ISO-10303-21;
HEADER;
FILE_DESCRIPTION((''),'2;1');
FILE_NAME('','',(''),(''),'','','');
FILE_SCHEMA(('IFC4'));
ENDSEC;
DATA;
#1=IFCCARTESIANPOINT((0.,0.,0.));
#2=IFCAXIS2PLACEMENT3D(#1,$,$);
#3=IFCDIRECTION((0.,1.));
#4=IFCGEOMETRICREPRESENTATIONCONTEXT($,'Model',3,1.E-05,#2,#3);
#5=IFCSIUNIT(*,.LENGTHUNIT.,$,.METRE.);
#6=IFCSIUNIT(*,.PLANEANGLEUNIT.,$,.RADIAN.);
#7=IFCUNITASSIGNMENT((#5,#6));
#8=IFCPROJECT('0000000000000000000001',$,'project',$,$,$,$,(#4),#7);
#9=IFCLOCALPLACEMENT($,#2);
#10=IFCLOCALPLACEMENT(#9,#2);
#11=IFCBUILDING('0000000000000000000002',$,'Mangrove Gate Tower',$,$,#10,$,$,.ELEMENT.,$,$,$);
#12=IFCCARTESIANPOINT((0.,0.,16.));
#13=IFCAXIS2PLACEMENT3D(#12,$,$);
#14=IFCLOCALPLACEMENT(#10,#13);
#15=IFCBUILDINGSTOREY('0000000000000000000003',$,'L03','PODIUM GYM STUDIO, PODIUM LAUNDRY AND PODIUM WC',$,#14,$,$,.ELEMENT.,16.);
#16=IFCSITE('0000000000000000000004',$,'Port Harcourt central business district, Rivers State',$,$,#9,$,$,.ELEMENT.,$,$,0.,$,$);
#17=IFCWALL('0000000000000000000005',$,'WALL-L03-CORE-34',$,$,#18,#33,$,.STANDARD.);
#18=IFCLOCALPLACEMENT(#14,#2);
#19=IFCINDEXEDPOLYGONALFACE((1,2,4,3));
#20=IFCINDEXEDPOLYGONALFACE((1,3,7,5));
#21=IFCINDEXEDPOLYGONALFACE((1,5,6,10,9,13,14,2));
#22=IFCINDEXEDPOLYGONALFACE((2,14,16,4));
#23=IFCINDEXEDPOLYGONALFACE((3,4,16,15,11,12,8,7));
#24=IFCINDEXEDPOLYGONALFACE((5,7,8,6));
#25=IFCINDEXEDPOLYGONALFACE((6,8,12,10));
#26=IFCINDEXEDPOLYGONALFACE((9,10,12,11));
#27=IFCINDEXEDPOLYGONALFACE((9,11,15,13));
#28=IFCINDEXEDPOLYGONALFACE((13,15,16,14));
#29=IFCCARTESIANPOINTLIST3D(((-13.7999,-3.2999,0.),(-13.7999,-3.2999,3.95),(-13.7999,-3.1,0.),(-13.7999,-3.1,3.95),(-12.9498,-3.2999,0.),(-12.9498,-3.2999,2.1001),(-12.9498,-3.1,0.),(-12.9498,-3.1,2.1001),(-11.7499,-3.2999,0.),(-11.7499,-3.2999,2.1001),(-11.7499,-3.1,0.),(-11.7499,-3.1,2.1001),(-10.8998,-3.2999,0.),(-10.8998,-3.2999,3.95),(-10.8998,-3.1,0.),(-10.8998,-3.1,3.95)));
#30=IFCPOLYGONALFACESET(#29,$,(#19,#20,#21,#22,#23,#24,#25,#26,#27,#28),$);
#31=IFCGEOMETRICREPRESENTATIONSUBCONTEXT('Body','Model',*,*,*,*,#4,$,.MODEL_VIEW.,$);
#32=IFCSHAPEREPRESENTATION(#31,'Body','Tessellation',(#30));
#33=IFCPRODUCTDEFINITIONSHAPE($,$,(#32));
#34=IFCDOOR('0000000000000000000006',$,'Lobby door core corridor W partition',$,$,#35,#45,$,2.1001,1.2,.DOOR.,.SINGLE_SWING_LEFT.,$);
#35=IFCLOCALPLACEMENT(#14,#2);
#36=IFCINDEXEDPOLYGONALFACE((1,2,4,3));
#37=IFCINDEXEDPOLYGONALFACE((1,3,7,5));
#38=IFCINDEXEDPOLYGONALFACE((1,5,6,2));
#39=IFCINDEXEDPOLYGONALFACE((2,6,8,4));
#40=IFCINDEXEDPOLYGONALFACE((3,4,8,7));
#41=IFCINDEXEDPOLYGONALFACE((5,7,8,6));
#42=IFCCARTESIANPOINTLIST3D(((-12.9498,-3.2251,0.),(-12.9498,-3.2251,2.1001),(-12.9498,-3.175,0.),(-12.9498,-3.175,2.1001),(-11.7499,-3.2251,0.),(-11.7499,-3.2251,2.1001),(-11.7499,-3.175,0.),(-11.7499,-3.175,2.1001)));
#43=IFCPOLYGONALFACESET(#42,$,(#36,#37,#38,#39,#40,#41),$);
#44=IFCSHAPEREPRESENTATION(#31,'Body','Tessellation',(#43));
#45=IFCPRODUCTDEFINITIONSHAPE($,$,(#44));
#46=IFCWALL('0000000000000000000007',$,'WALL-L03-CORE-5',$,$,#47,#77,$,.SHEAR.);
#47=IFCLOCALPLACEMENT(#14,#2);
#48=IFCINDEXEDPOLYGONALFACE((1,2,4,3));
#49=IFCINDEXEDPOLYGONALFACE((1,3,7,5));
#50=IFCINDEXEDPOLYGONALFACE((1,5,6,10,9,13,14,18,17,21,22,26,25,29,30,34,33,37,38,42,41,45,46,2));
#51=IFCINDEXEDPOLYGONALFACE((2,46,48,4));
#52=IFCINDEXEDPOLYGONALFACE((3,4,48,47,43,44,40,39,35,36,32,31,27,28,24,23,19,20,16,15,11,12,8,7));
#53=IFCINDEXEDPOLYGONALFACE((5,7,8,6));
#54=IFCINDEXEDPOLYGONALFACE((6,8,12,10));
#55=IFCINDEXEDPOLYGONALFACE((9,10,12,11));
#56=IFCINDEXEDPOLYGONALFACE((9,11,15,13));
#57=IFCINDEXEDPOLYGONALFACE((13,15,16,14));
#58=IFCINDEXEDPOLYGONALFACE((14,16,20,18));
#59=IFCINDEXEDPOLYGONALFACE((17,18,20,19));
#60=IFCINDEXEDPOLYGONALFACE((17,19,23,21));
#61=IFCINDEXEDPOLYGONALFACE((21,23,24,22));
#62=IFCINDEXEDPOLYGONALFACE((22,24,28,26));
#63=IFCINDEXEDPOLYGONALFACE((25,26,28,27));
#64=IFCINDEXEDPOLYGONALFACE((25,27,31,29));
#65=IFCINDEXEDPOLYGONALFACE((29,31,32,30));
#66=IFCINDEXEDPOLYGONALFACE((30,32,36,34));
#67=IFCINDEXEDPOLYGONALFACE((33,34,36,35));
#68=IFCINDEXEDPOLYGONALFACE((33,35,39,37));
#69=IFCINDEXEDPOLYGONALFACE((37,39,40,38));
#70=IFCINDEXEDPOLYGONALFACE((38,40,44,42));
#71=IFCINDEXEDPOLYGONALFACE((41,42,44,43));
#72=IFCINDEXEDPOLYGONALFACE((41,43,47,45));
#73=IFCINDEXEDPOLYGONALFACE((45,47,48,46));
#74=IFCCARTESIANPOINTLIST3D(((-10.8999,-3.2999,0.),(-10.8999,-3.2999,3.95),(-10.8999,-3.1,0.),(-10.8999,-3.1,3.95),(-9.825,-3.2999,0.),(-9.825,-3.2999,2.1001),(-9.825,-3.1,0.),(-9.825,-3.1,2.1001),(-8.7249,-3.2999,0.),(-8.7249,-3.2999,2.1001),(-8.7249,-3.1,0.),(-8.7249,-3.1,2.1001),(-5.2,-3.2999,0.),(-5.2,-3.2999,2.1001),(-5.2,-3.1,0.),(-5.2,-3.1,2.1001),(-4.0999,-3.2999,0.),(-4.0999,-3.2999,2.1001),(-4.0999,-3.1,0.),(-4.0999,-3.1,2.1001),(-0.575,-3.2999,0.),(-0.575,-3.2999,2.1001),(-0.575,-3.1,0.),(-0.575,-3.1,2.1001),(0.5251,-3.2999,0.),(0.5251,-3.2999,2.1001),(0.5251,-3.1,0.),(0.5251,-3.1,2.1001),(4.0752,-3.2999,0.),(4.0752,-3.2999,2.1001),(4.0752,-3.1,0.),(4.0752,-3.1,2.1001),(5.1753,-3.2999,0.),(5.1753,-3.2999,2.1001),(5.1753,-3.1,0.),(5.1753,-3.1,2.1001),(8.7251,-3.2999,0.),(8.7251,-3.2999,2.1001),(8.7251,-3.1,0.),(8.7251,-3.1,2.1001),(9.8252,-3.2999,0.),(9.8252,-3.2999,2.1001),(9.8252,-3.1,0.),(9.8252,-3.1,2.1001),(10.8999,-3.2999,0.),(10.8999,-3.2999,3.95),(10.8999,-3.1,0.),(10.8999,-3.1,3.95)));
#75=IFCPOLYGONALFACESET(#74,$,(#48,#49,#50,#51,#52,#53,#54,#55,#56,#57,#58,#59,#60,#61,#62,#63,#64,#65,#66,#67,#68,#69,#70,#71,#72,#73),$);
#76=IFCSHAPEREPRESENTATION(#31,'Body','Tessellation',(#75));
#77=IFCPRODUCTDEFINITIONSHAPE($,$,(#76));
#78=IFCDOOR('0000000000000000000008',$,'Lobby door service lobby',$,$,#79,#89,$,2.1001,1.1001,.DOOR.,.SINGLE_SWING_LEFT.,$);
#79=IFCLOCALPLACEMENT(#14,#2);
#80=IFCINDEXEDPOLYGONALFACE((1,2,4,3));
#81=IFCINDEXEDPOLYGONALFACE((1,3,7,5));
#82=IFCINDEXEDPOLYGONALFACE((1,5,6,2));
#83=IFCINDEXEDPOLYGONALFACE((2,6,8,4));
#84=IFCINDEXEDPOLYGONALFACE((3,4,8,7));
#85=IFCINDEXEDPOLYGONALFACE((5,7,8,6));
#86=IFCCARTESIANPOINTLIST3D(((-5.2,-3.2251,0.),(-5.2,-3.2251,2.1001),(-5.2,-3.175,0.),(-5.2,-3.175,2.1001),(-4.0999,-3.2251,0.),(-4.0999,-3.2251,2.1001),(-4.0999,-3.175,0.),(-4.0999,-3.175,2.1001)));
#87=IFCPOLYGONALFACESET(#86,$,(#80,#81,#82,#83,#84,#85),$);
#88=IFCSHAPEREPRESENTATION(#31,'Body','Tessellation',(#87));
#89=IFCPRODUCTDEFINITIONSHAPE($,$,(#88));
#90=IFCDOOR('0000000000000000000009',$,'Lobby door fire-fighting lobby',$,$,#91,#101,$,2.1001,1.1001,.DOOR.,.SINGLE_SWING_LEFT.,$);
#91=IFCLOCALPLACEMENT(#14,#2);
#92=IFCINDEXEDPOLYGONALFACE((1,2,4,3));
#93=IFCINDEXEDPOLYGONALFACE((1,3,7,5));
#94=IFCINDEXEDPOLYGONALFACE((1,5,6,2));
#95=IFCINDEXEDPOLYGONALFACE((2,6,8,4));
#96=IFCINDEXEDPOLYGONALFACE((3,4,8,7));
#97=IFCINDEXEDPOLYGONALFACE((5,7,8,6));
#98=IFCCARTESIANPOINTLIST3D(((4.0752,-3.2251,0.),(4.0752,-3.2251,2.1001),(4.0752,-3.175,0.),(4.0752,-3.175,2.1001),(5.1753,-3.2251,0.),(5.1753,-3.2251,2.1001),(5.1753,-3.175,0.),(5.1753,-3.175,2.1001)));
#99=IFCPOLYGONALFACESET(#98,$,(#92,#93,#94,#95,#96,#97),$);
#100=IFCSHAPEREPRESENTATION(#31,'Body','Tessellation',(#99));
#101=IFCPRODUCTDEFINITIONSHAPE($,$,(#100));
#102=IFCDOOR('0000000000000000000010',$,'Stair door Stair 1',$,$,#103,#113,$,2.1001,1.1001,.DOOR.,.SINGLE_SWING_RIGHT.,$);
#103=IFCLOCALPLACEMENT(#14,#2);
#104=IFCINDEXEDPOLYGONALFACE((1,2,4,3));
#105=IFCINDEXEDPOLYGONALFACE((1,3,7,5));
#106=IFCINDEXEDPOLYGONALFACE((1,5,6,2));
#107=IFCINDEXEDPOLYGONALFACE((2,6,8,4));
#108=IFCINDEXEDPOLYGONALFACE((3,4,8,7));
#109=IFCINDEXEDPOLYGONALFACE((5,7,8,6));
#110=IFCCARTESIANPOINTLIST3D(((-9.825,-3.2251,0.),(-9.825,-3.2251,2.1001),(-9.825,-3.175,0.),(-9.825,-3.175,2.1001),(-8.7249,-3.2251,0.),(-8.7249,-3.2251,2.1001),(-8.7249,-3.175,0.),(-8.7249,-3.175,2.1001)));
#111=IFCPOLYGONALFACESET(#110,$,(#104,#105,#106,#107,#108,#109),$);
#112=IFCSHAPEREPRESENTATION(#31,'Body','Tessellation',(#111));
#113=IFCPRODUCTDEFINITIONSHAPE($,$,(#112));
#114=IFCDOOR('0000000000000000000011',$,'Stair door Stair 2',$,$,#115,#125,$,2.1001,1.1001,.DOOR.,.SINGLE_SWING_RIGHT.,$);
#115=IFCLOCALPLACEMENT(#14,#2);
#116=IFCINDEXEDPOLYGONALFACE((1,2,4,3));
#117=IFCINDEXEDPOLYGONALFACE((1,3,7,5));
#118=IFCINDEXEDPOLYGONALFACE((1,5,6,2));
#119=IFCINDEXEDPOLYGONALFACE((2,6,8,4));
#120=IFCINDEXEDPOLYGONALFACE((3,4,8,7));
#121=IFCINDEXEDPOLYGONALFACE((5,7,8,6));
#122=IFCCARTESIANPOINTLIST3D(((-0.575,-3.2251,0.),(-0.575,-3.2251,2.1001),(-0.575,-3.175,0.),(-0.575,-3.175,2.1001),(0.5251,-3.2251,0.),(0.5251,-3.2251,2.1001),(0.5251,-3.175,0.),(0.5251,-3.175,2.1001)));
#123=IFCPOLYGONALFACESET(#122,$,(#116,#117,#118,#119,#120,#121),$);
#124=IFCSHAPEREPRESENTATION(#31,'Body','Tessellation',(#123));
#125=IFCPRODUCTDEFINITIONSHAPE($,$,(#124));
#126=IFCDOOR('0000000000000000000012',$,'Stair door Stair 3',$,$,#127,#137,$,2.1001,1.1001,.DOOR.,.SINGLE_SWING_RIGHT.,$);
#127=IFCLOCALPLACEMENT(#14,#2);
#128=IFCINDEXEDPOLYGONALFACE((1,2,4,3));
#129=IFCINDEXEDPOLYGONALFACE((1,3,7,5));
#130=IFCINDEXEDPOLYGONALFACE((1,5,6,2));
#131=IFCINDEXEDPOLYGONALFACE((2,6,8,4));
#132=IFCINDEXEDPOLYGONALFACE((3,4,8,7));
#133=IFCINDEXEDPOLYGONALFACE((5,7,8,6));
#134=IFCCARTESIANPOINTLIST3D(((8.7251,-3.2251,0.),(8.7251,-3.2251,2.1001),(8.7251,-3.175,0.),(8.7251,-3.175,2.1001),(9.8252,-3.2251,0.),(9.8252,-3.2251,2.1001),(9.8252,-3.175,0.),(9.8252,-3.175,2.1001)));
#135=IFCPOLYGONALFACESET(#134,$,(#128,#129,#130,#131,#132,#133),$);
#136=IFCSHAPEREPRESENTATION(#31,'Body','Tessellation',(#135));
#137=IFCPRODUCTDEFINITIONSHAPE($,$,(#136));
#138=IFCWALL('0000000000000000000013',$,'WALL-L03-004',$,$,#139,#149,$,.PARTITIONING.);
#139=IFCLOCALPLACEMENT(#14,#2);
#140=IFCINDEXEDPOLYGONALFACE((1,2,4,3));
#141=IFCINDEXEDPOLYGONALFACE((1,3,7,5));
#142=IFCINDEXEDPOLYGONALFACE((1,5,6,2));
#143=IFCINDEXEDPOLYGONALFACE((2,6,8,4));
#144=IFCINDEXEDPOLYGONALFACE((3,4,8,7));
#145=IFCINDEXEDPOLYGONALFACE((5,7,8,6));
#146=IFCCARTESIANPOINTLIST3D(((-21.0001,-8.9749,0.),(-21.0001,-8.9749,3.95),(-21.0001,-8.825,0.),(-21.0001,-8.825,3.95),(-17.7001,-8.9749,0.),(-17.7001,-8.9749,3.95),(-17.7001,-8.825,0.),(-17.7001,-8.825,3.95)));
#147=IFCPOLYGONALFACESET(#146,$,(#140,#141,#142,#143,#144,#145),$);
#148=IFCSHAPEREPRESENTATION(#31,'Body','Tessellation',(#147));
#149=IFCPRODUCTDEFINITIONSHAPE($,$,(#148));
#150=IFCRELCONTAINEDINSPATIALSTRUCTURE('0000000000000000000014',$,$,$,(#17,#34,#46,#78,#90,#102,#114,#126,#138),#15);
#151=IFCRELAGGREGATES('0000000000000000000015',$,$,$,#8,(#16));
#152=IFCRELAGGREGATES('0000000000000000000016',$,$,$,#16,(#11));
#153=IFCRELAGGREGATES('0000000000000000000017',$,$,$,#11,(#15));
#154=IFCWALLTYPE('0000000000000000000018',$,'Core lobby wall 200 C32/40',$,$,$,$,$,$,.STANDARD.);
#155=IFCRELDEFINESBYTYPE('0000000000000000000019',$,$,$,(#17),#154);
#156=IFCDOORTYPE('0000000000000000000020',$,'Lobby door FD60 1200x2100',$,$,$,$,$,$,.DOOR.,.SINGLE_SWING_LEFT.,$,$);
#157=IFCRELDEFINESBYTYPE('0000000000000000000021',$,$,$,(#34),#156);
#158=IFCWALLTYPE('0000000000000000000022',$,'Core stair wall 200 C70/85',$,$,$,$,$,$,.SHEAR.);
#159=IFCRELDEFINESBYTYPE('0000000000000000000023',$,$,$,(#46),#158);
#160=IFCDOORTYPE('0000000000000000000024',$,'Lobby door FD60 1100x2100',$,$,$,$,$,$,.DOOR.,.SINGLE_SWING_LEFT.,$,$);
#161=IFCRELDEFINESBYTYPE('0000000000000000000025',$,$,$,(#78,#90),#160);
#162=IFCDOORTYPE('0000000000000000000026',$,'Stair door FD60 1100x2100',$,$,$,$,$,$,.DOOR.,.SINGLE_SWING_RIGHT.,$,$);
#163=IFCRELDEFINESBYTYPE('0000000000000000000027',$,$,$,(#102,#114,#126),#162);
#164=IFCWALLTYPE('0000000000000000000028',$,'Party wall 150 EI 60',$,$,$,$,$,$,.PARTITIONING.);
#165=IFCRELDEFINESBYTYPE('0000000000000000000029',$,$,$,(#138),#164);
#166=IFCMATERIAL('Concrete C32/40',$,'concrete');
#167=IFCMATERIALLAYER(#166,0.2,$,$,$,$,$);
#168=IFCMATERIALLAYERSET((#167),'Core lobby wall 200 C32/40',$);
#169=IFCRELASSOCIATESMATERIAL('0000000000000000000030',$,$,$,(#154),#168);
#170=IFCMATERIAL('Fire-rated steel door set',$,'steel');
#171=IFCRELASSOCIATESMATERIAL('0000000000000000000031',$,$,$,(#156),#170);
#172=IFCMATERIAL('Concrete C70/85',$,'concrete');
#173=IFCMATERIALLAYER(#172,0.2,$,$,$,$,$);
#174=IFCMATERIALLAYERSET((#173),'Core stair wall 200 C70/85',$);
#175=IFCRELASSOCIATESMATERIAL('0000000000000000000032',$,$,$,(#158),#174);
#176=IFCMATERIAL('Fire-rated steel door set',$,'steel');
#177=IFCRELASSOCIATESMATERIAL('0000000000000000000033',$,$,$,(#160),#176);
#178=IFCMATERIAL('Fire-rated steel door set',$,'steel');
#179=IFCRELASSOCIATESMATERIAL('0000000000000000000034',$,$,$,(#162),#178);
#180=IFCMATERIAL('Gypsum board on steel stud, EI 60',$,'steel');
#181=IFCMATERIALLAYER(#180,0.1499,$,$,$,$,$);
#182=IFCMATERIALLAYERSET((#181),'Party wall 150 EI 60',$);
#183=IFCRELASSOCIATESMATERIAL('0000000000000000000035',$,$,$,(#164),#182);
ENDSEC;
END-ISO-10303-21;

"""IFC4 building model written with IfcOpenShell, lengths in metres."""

from ifc_helpers import new_model, si_unit, direction, frame, frame_2d, origin, place, context, subcontext, project, spatial, rectangle, extrude, material, layer, layer_set, type_object, element, fill, save


model = new_model("IFC4")

# Units and contexts
model_context = context("Model", 3, precision=1e-05, world=origin(), true_north=direction((0.0, 1.0)))
body_context = subcontext(model_context, "Body", "Model", "MODEL_VIEW")
ifc_project = project(units=[si_unit("LENGTHUNIT", "METRE"), si_unit("PLANEANGLEUNIT", "RADIAN")], contexts=[model_context])

# Site, building, storey
site_placement = place(None, origin())
site = spatial("IfcSite", under=ifc_project, at=site_placement, Name="Port Harcourt central business district, Rivers State", CompositionType="ELEMENT", RefElevation=0.0)
building_placement = place(site_placement, origin())
building = spatial("IfcBuilding", under=site, at=building_placement, Name="Mangrove Gate Tower", CompositionType="ELEMENT")
storey_placement = place(building_placement, frame((0.0, 0.0, 16.0)))
storey = spatial("IfcBuildingStorey", under=building, at=storey_placement, Name="L03", Description="PODIUM GYM STUDIO, PODIUM LAUNDRY AND PODIUM WC", CompositionType="ELEMENT", Elevation=16.0)

# Wall, opening, door
ifc_material_1 = material(Name="Concrete C32/40", Category="concrete")
ifc_layer_1 = layer(ifc_material_1, 0.2)
ifc_layer_set_1 = layer_set([ifc_layer_1], Name="Core lobby wall 200 C32/40")
wall_type_1 = type_object("IfcWallType", Name="Core lobby wall 200 C32/40", PredefinedType="STANDARD", material=ifc_layer_set_1)
wall_1_placement = place(storey_placement, frame((-13.8, -3.2, 0.0), z_axis=(0.0, 0.0, 1.0), x_axis=(1.0, 0.0, 0.0)))
wall_1 = element("IfcWall", 1, at=wall_1_placement, inside=storey, type_object=wall_type_1, Name="WALL-L03-CORE-34", PredefinedType="STANDARD", context=body_context, shape_type="SweptSolid", body=[
    extrude(rectangle(XDim=2.9001, YDim=0.2, at=frame_2d((1.4502, 0.0))), origin(), (0.0, 0.0, 1.0), 3.95),
])
opening_1_placement = place(wall_1_placement, frame((0.8501, 0.0, 0.0)))
opening_1 = element("IfcOpeningElement", 2, at=opening_1_placement, cuts=wall_1, PredefinedType="OPENING", context=body_context, shape_type="SweptSolid", body=[
    extrude(rectangle(XDim=1.2, YDim=2.1001, at=frame_2d((0.6001, 1.05))), frame((0.0, 0.1099, 0.0), z_axis=(0.0, -1.0, 0.0), x_axis=(1.0, 0.0, 0.0)), (0.0, 0.0, 1.0), 0.22),
])
ifc_material_2 = material(Name="Fire-rated steel door set", Category="steel")
door_type_1 = type_object("IfcDoorType", Name="Lobby door FD60 1200x2100", OperationType="SINGLE_SWING_LEFT", PredefinedType="DOOR", material=ifc_material_2)
door_1_placement = place(opening_1_placement, origin())
door_1 = element("IfcDoor", 3, at=door_1_placement, inside=storey, type_object=door_type_1, Name="Lobby door core corridor W partition", OperationType="SINGLE_SWING_LEFT", OverallHeight=2.1001, OverallWidth=1.2, PredefinedType="DOOR", context=body_context, shape_type="SweptSolid", body=[
    extrude(rectangle(XDim=1.2, YDim=2.1001, at=frame_2d((0.6001, 1.05))), frame((0.0, 0.0249, 0.0), z_axis=(0.0, -1.0, 0.0), x_axis=(1.0, 0.0, 0.0)), (0.0, 0.0, 1.0), 0.05),
])
fill(opening_1, door_1)

# Wall, openings, doors
ifc_material_3 = material(Name="Concrete C70/85", Category="concrete")
ifc_layer_2 = layer(ifc_material_3, 0.2)
ifc_layer_set_2 = layer_set([ifc_layer_2], Name="Core stair wall 200 C70/85")
wall_type_2 = type_object("IfcWallType", Name="Core stair wall 200 C70/85", PredefinedType="SHEAR", material=ifc_layer_set_2)
wall_2_placement = place(storey_placement, frame((-10.8999, -3.2, 0.0), z_axis=(0.0, 0.0, 1.0), x_axis=(1.0, 0.0, 0.0)))
wall_2 = element("IfcWall", 4, at=wall_2_placement, inside=storey, type_object=wall_type_2, Name="WALL-L03-CORE-5", PredefinedType="SHEAR", context=body_context, shape_type="SweptSolid", body=[
    extrude(rectangle(XDim=21.7998, YDim=0.2, at=frame_2d((10.8999, 0.0))), origin(), (0.0, 0.0, 1.0), 3.95),
])
opening_2_placement = place(wall_2_placement, frame((1.075, 0.0, 0.0)))
opening_2 = element("IfcOpeningElement", 5, at=opening_2_placement, cuts=wall_2, PredefinedType="OPENING", context=body_context, shape_type="SweptSolid", body=[
    extrude(rectangle(XDim=1.1001, YDim=2.1001, at=frame_2d((0.55, 1.05))), frame((0.0, 0.1099, 0.0), z_axis=(0.0, -1.0, 0.0), x_axis=(1.0, 0.0, 0.0)), (0.0, 0.0, 1.0), 0.22),
])
opening_3_placement = place(wall_2_placement, frame((10.325, 0.0, 0.0)))
opening_3 = element("IfcOpeningElement", 6, at=opening_3_placement, cuts=wall_2, PredefinedType="OPENING", context=body_context, shape_type="SweptSolid", body=[
    extrude(rectangle(XDim=1.1001, YDim=2.1001, at=frame_2d((0.55, 1.05))), frame((0.0, 0.1099, 0.0), z_axis=(0.0, -1.0, 0.0), x_axis=(1.0, 0.0, 0.0)), (0.0, 0.0, 1.0), 0.22),
])
opening_4_placement = place(wall_2_placement, frame((19.625, 0.0, 0.0)))
opening_4 = element("IfcOpeningElement", 7, at=opening_4_placement, cuts=wall_2, PredefinedType="OPENING", context=body_context, shape_type="SweptSolid", body=[
    extrude(rectangle(XDim=1.1001, YDim=2.1001, at=frame_2d((0.55, 1.05))), frame((0.0, 0.1099, 0.0), z_axis=(0.0, -1.0, 0.0), x_axis=(1.0, 0.0, 0.0)), (0.0, 0.0, 1.0), 0.22),
])
opening_5_placement = place(wall_2_placement, frame((5.7, 0.0, 0.0)))
opening_5 = element("IfcOpeningElement", 8, at=opening_5_placement, cuts=wall_2, PredefinedType="OPENING", context=body_context, shape_type="SweptSolid", body=[
    extrude(rectangle(XDim=1.1001, YDim=2.1001, at=frame_2d((0.55, 1.05))), frame((0.0, 0.1099, 0.0), z_axis=(0.0, -1.0, 0.0), x_axis=(1.0, 0.0, 0.0)), (0.0, 0.0, 1.0), 0.22),
])
opening_6_placement = place(wall_2_placement, frame((14.9751, 0.0, 0.0)))
opening_6 = element("IfcOpeningElement", 9, at=opening_6_placement, cuts=wall_2, PredefinedType="OPENING", context=body_context, shape_type="SweptSolid", body=[
    extrude(rectangle(XDim=1.1001, YDim=2.1001, at=frame_2d((0.55, 1.05))), frame((0.0, 0.1099, 0.0), z_axis=(0.0, -1.0, 0.0), x_axis=(1.0, 0.0, 0.0)), (0.0, 0.0, 1.0), 0.22),
])
ifc_material_4 = material(Name="Fire-rated steel door set", Category="steel")
door_type_2 = type_object("IfcDoorType", Name="Lobby door FD60 1100x2100", OperationType="SINGLE_SWING_LEFT", PredefinedType="DOOR", material=ifc_material_4)
door_2_placement = place(opening_5_placement, origin())
door_2 = element("IfcDoor", 10, at=door_2_placement, inside=storey, type_object=door_type_2, Name="Lobby door service lobby", OperationType="SINGLE_SWING_LEFT", OverallHeight=2.1001, OverallWidth=1.1001, PredefinedType="DOOR", context=body_context, shape_type="SweptSolid", body=[
    extrude(rectangle(XDim=1.1001, YDim=2.1001, at=frame_2d((0.55, 1.05))), frame((0.0, 0.0249, 0.0), z_axis=(0.0, -1.0, 0.0), x_axis=(1.0, 0.0, 0.0)), (0.0, 0.0, 1.0), 0.05),
])
fill(opening_5, door_2)
door_3_placement = place(opening_6_placement, origin())
door_3 = element("IfcDoor", 11, at=door_3_placement, inside=storey, type_object=door_type_2, Name="Lobby door fire-fighting lobby", OperationType="SINGLE_SWING_LEFT", OverallHeight=2.1001, OverallWidth=1.1001, PredefinedType="DOOR", context=body_context, shape_type="SweptSolid", body=[
    extrude(rectangle(XDim=1.1001, YDim=2.1001, at=frame_2d((0.55, 1.05))), frame((0.0, 0.0249, 0.0), z_axis=(0.0, -1.0, 0.0), x_axis=(1.0, 0.0, 0.0)), (0.0, 0.0, 1.0), 0.05),
])
fill(opening_6, door_3)
ifc_material_5 = material(Name="Fire-rated steel door set", Category="steel")
door_type_3 = type_object("IfcDoorType", Name="Stair door FD60 1100x2100", OperationType="SINGLE_SWING_RIGHT", PredefinedType="DOOR", material=ifc_material_5)
door_4_placement = place(opening_2_placement, origin())
door_4 = element("IfcDoor", 12, at=door_4_placement, inside=storey, type_object=door_type_3, Name="Stair door Stair 1", OperationType="SINGLE_SWING_RIGHT", OverallHeight=2.1001, OverallWidth=1.1001, PredefinedType="DOOR", context=body_context, shape_type="SweptSolid", body=[
    extrude(rectangle(XDim=1.1001, YDim=2.1001, at=frame_2d((0.55, 1.05))), frame((0.0, 0.0249, 0.0), z_axis=(0.0, -1.0, 0.0), x_axis=(1.0, 0.0, 0.0)), (0.0, 0.0, 1.0), 0.05),
])
fill(opening_2, door_4)
door_5_placement = place(opening_3_placement, origin())
door_5 = element("IfcDoor", 13, at=door_5_placement, inside=storey, type_object=door_type_3, Name="Stair door Stair 2", OperationType="SINGLE_SWING_RIGHT", OverallHeight=2.1001, OverallWidth=1.1001, PredefinedType="DOOR", context=body_context, shape_type="SweptSolid", body=[
    extrude(rectangle(XDim=1.1001, YDim=2.1001, at=frame_2d((0.55, 1.05))), frame((0.0, 0.0249, 0.0), z_axis=(0.0, -1.0, 0.0), x_axis=(1.0, 0.0, 0.0)), (0.0, 0.0, 1.0), 0.05),
])
fill(opening_3, door_5)
door_6_placement = place(opening_4_placement, origin())
door_6 = element("IfcDoor", 14, at=door_6_placement, inside=storey, type_object=door_type_3, Name="Stair door Stair 3", OperationType="SINGLE_SWING_RIGHT", OverallHeight=2.1001, OverallWidth=1.1001, PredefinedType="DOOR", context=body_context, shape_type="SweptSolid", body=[
    extrude(rectangle(XDim=1.1001, YDim=2.1001, at=frame_2d((0.55, 1.05))), frame((0.0, 0.0249, 0.0), z_axis=(0.0, -1.0, 0.0), x_axis=(1.0, 0.0, 0.0)), (0.0, 0.0, 1.0), 0.05),
])
fill(opening_4, door_6)

# Wall
ifc_material_6 = material(Name="Gypsum board on steel stud, EI 60", Category="steel")
ifc_layer_3 = layer(ifc_material_6, 0.1499)
ifc_layer_set_3 = layer_set([ifc_layer_3], Name="Party wall 150 EI 60")
wall_type_3 = type_object("IfcWallType", Name="Party wall 150 EI 60", PredefinedType="PARTITIONING", material=ifc_layer_set_3)
wall_3_placement = place(storey_placement, frame((-21.0, -8.8999, 0.0), z_axis=(0.0, 0.0, 1.0), x_axis=(1.0, 0.0, 0.0)))
element("IfcWall", 15, at=wall_3_placement, inside=storey, type_object=wall_type_3, Name="WALL-L03-004", PredefinedType="PARTITIONING", context=body_context, shape_type="SweptSolid", body=[
    extrude(rectangle(XDim=3.3, YDim=0.1499, at=frame_2d((1.6499, 0.0))), origin(), (0.0, 0.0, 1.0), 3.95),
])

save(model, "model.ifc")
